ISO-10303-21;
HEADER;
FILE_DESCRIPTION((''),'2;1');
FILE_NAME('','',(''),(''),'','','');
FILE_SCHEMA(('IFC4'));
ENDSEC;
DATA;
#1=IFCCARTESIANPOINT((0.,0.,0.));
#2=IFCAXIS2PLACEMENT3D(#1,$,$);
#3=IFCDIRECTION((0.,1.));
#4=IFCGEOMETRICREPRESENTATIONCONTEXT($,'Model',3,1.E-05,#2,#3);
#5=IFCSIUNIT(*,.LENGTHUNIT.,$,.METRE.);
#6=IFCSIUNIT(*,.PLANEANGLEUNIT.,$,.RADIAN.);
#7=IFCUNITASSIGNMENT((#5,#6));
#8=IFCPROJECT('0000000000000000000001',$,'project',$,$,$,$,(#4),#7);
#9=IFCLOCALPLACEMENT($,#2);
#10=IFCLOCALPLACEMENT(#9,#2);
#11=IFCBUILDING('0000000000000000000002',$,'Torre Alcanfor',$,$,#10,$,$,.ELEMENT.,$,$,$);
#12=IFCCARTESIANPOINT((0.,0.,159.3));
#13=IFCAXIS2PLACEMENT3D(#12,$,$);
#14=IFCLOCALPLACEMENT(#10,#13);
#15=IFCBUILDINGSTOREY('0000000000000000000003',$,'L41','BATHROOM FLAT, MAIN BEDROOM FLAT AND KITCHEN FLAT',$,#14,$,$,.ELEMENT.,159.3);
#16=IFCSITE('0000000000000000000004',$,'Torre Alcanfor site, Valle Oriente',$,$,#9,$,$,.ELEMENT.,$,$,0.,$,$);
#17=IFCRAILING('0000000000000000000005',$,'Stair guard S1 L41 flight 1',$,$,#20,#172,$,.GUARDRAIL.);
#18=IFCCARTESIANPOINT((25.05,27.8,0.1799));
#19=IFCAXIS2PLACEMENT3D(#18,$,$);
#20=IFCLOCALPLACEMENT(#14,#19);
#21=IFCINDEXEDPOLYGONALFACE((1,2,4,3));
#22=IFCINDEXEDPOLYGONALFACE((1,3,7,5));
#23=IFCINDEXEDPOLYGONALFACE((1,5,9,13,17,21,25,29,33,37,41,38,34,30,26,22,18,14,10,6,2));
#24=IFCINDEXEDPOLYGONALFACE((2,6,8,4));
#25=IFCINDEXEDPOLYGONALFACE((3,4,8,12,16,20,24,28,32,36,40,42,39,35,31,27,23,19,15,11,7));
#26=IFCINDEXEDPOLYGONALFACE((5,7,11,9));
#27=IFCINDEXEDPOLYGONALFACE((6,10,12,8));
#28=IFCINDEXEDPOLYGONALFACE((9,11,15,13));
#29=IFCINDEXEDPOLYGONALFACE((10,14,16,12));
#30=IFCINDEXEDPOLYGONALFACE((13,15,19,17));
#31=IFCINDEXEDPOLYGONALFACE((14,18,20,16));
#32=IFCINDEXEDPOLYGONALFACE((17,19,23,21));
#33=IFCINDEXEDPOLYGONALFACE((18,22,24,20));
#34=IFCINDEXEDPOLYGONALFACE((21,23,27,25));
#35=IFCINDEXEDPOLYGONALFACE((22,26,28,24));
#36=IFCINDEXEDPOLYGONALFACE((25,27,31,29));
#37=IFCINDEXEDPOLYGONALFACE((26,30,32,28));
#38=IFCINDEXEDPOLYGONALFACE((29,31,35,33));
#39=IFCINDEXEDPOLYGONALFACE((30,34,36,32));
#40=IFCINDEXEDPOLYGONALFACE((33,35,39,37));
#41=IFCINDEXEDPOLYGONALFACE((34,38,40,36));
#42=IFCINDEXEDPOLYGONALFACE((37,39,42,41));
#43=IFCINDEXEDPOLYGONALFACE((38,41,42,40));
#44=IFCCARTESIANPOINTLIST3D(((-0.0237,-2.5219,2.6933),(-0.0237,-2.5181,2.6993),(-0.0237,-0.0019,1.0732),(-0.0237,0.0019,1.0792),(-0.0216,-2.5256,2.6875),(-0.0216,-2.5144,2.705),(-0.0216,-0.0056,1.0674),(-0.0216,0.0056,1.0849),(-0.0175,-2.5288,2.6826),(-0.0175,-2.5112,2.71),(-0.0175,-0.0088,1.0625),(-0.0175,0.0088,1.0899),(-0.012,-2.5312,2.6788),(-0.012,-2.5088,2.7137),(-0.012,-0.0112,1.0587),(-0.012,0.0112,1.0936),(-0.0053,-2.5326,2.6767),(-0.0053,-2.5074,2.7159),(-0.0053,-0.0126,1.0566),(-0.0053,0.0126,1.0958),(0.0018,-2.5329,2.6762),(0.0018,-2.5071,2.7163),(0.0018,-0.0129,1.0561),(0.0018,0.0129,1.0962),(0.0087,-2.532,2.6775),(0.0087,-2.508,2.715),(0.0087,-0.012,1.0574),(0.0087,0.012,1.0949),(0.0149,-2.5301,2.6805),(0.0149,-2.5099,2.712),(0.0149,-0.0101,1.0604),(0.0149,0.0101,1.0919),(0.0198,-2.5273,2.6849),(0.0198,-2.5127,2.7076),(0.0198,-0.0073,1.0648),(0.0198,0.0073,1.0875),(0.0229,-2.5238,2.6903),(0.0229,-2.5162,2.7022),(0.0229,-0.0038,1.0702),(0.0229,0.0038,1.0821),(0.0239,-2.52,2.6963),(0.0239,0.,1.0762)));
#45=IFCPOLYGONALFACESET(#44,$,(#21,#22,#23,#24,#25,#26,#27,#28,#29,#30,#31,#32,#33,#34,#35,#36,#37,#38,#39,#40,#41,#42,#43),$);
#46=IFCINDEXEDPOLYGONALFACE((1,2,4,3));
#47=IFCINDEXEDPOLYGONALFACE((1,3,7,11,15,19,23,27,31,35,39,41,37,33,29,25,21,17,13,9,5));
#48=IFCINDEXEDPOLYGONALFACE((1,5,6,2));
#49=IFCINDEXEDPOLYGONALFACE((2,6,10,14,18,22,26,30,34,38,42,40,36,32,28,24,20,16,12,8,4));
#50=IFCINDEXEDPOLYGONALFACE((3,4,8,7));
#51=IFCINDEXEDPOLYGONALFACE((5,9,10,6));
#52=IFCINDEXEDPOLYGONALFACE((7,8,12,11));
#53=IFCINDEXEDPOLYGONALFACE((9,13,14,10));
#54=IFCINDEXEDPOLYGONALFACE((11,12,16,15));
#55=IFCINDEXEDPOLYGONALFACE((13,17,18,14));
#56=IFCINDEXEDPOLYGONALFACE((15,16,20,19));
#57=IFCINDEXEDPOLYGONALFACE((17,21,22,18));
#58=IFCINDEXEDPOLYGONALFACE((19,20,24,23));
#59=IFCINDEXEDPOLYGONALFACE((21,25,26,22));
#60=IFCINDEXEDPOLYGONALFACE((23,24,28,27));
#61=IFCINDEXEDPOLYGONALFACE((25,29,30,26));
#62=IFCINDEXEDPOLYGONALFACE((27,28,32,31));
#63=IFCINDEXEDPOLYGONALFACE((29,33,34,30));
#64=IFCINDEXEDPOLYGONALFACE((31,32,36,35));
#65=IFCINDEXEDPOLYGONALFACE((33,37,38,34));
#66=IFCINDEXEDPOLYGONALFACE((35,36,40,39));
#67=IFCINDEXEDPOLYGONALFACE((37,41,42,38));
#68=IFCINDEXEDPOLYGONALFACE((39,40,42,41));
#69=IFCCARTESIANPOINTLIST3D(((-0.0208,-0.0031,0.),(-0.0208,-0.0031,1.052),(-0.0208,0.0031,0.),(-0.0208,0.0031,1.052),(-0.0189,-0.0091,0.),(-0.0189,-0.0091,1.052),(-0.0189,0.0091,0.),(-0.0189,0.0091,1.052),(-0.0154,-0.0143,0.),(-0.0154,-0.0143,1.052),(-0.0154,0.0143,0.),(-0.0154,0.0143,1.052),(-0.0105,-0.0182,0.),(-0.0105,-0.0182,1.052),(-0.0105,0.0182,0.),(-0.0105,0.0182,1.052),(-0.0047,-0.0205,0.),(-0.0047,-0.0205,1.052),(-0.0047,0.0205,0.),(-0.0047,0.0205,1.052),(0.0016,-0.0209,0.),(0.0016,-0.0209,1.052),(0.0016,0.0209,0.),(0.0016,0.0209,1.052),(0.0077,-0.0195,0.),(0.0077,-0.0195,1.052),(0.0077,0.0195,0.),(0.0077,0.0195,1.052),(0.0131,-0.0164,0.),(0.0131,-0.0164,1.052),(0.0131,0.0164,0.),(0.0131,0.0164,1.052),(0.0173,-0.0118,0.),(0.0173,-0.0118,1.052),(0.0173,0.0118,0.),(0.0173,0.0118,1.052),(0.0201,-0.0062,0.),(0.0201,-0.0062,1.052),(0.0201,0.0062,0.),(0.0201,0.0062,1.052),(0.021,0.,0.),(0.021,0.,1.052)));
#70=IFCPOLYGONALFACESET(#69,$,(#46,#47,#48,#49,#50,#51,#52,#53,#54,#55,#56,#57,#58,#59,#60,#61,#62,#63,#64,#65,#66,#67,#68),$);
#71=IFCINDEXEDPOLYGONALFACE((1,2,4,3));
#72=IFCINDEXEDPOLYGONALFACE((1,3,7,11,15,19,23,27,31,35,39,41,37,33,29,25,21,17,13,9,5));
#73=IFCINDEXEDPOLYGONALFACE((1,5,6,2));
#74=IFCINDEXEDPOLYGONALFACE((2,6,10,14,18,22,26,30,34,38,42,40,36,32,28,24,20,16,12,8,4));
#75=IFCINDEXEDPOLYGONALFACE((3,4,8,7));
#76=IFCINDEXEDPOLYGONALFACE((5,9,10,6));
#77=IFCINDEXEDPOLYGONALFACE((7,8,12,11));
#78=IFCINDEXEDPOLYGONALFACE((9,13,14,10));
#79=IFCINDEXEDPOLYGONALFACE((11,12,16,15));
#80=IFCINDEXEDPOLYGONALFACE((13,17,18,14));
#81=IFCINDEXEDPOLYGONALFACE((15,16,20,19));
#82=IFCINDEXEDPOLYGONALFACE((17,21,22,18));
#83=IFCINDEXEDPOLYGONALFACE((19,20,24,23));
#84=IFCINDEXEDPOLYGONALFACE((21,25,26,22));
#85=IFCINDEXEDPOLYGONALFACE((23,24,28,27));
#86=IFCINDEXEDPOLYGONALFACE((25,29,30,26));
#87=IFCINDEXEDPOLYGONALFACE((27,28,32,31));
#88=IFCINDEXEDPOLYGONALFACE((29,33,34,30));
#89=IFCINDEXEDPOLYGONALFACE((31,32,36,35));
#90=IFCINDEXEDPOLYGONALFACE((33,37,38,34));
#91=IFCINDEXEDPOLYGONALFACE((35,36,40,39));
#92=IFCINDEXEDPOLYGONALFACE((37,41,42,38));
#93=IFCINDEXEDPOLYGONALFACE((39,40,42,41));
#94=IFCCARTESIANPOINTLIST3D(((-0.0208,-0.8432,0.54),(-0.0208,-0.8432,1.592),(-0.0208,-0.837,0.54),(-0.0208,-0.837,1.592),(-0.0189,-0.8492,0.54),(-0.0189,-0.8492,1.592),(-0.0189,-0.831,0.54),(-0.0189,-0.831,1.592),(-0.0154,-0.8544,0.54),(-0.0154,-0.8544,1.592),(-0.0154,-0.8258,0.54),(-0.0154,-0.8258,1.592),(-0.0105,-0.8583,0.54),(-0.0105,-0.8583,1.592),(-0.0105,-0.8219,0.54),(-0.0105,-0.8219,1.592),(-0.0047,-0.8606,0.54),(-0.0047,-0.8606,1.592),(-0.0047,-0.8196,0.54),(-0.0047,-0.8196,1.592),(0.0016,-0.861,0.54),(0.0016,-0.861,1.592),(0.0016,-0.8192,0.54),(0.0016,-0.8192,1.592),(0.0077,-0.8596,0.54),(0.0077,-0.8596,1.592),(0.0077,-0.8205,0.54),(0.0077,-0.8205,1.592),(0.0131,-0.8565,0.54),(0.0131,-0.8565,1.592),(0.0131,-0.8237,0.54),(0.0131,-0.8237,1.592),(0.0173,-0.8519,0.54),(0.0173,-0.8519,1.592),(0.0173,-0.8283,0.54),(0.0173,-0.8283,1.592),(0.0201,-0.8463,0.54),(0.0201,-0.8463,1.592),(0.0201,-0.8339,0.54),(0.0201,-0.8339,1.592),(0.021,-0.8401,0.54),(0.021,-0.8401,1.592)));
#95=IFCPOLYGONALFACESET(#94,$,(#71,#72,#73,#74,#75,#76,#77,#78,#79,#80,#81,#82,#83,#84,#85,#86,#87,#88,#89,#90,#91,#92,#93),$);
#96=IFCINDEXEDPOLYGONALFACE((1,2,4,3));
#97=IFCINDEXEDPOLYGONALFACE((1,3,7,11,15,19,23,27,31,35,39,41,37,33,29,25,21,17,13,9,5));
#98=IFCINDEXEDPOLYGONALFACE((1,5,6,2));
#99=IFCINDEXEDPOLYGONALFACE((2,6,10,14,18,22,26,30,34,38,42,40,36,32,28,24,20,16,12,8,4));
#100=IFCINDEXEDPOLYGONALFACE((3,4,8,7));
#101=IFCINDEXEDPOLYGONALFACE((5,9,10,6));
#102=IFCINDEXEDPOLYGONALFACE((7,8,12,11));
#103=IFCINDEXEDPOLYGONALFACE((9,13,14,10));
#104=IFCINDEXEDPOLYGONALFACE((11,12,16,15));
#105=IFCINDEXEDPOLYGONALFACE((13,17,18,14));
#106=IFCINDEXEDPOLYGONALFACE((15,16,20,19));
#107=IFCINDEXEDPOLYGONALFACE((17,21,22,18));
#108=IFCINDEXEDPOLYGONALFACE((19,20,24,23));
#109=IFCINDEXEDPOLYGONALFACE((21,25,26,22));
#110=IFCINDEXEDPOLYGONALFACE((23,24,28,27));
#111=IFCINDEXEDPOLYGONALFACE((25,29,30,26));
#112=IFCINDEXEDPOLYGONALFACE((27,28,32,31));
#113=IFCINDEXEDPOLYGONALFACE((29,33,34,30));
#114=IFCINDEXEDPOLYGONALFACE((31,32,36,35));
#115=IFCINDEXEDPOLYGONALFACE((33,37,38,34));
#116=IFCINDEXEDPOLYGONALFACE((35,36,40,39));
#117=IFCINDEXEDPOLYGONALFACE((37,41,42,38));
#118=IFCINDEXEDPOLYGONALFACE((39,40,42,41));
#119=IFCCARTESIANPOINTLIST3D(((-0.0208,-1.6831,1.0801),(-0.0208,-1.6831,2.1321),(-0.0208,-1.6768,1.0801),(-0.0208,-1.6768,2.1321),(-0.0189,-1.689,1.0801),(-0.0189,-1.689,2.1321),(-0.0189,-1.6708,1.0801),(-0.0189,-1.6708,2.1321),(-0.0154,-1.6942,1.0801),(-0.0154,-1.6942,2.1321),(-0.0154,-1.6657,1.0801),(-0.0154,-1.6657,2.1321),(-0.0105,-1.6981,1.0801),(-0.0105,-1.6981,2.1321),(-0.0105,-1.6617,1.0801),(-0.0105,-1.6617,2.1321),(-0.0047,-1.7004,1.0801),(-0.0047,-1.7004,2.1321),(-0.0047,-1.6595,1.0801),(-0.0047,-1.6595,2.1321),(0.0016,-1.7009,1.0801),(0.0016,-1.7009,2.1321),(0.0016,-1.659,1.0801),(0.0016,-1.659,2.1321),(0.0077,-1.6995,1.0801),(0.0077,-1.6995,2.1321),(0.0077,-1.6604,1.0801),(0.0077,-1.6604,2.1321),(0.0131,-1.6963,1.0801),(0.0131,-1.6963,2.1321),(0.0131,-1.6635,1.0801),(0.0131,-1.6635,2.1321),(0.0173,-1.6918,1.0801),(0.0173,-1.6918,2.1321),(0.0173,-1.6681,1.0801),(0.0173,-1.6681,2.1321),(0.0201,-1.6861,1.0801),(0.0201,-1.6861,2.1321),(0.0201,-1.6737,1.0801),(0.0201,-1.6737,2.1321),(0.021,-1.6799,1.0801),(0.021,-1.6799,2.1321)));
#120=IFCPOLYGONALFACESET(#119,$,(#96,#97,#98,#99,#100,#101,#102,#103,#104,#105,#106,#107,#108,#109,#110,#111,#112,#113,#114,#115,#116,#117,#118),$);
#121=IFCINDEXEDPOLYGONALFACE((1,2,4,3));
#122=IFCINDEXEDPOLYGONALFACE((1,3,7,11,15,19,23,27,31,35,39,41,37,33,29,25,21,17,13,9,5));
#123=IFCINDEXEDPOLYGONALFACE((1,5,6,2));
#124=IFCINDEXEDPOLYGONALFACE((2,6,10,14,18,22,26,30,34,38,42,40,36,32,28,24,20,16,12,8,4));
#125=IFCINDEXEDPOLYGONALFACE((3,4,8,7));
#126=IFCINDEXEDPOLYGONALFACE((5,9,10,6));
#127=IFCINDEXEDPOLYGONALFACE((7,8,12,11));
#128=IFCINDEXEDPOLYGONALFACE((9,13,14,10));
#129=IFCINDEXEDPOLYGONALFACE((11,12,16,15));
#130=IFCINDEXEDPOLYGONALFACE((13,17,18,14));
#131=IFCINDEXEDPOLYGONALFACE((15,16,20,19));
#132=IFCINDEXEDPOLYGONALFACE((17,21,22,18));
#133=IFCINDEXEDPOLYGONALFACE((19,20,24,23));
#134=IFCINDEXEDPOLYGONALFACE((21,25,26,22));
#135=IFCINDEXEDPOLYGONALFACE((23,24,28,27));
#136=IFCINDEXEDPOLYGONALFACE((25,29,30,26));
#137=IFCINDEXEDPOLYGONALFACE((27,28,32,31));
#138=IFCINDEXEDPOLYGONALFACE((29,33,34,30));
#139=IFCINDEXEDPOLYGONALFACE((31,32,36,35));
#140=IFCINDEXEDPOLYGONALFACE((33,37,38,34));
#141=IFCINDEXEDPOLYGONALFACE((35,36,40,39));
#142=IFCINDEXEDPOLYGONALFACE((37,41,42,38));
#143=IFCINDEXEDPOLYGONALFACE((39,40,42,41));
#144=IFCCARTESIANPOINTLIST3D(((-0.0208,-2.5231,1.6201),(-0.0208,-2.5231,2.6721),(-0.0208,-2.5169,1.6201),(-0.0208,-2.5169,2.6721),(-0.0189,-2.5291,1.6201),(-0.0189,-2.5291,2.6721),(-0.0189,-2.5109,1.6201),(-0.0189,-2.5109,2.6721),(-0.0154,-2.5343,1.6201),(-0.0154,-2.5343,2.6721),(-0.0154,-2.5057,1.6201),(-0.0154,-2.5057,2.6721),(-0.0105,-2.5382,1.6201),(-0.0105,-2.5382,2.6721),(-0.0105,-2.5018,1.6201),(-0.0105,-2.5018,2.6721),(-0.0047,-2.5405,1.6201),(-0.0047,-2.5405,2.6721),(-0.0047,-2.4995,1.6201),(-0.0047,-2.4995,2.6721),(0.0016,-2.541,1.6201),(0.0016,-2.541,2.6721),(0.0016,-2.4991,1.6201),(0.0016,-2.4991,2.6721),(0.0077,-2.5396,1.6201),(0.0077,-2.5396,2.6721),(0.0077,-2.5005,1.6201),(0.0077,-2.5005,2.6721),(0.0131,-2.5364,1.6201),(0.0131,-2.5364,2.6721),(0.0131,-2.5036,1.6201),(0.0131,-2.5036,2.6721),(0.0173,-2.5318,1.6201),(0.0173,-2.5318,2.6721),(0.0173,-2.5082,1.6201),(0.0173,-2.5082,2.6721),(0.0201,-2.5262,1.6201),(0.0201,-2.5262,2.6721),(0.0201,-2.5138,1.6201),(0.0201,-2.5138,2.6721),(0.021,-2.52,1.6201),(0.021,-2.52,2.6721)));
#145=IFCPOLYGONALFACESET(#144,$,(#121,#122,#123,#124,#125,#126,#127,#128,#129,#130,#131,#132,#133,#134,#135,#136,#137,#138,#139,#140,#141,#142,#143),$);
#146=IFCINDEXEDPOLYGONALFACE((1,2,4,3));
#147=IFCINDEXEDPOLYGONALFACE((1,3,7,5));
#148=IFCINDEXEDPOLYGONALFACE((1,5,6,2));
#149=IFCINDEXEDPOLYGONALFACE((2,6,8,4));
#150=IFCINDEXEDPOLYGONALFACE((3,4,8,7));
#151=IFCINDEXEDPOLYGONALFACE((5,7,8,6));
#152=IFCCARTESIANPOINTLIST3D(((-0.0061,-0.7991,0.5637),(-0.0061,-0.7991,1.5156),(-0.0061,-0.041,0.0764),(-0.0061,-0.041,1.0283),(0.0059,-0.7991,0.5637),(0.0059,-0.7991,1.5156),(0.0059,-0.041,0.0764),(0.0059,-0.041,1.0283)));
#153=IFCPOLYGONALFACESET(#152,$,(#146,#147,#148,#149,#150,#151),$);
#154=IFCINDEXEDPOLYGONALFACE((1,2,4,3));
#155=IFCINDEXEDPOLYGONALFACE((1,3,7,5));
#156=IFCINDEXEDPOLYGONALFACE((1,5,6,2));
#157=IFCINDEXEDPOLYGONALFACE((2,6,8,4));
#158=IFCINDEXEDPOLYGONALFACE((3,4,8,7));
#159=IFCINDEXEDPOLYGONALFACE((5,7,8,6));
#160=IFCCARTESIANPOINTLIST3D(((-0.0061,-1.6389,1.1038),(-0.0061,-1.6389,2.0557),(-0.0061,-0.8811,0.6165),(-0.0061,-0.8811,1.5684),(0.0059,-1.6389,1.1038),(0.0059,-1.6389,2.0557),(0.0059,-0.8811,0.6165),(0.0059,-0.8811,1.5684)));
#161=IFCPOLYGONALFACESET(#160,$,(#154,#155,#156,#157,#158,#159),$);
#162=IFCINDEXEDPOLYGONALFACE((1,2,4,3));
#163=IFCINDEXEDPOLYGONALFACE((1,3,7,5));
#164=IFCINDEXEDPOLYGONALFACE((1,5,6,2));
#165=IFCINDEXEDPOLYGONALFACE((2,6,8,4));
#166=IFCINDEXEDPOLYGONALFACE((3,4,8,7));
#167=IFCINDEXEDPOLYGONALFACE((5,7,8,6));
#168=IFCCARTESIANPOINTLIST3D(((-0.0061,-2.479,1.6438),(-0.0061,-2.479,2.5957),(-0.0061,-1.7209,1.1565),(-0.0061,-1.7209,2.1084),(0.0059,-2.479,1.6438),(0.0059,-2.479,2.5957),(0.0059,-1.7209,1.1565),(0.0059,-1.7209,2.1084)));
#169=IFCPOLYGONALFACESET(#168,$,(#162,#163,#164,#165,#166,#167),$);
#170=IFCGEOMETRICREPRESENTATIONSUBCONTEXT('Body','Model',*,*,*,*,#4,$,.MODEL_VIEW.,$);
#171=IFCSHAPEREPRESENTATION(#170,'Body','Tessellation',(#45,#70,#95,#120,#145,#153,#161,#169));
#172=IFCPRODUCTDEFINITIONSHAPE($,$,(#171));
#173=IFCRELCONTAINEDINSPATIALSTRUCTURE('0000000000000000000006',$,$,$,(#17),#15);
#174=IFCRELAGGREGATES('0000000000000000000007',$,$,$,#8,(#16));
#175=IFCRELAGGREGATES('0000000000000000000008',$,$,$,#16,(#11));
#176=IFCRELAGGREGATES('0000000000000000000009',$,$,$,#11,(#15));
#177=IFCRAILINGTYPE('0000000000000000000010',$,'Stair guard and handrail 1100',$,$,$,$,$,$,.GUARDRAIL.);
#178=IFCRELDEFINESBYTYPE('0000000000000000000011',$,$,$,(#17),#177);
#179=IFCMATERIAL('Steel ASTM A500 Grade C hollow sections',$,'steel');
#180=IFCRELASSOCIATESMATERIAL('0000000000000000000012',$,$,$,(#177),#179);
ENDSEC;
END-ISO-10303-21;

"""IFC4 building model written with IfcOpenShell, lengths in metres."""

from ifc_helpers import new_model, si_unit, direction, frame, origin, origin_2d, place, context, subcontext, project, spatial, polyline, circle, outline, extrude, material, type_object, element, save


model = new_model("IFC4")

# Units and contexts
model_context = context("Model", 3, precision=1e-05, world=origin(), true_north=direction((0.0, 1.0)))
body_context = subcontext(model_context, "Body", "Model", "MODEL_VIEW")
ifc_project = project(units=[si_unit("LENGTHUNIT", "METRE"), si_unit("PLANEANGLEUNIT", "RADIAN")], contexts=[model_context])

# Site, building, storey
site_placement = place(None, origin())
site = spatial("IfcSite", under=ifc_project, at=site_placement, Name="Torre Alcanfor site, Valle Oriente", CompositionType="ELEMENT", RefElevation=0.0)
building_placement = place(site_placement, origin())
building = spatial("IfcBuilding", under=site, at=building_placement, Name="Torre Alcanfor", CompositionType="ELEMENT")
storey_placement = place(building_placement, frame((0.0, 0.0, 159.3)))
storey = spatial("IfcBuildingStorey", under=building, at=storey_placement, Name="L41", Description="BATHROOM FLAT, MAIN BEDROOM FLAT AND KITCHEN FLAT", CompositionType="ELEMENT", Elevation=159.3)

# Railing
ifc_material_1 = material(Name="Steel ASTM A500 Grade C hollow sections", Category="steel")
railing_type_1 = type_object("IfcRailingType", Name="Stair guard and handrail 1100", PredefinedType="GUARDRAIL", material=ifc_material_1)
railing_1_placement = place(storey_placement, frame((25.05, 27.8, 0.1799)))
element("IfcRailing", 1, at=railing_1_placement, inside=storey, type_object=railing_type_1, Name="Stair guard S1 L41 flight 1", PredefinedType="GUARDRAIL", context=body_context, shape_type="SweptSolid", body=[
    extrude(circle(Radius=0.0239, at=origin_2d()), frame((0.0, 0.0, 1.0762), z_axis=(0.0, -0.841163, 0.540782), x_axis=(1.0, 0.0, 0.0)), (0.0, 0.0, 1.0), 2.9958),
    extrude(circle(Radius=0.021, at=origin_2d()), origin(), (0.0, 0.0, 1.0), 1.052),
    extrude(circle(Radius=0.021, at=origin_2d()), frame((0.0, -0.8401, 0.54)), (0.0, 0.0, 1.0), 1.052),
    extrude(circle(Radius=0.021, at=origin_2d()), frame((0.0, -1.6799, 1.0801)), (0.0, 0.0, 1.0), 1.052),
    extrude(circle(Radius=0.021, at=origin_2d()), frame((0.0, -2.52, 1.6201)), (0.0, 0.0, 1.0), 1.052),
    extrude(outline(polyline([(0.041, 0.0764), (0.7991, 0.5637), (0.7991, 1.5156), (0.041, 1.0283), (0.041, 0.0764)])), frame((0.0059, 0.0, 0.0), z_axis=(-1.0, 0.0, 0.0), x_axis=(0.0, -1.0, 0.0)), (0.0, 0.0, 1.0), 0.012),
    extrude(outline(polyline([(0.8811, 0.6165), (1.6389, 1.1038), (1.6389, 2.0557), (0.8811, 1.5684), (0.8811, 0.6165)])), frame((0.0059, 0.0, 0.0), z_axis=(-1.0, 0.0, 0.0), x_axis=(0.0, -1.0, 0.0)), (0.0, 0.0, 1.0), 0.012),
    extrude(outline(polyline([(1.7209, 1.1565), (2.479, 1.6438), (2.479, 2.5957), (1.7209, 2.1084), (1.7209, 1.1565)])), frame((0.0059, 0.0, 0.0), z_axis=(-1.0, 0.0, 0.0), x_axis=(0.0, -1.0, 0.0)), (0.0, 0.0, 1.0), 0.012),
])

save(model, "model.ifc")
